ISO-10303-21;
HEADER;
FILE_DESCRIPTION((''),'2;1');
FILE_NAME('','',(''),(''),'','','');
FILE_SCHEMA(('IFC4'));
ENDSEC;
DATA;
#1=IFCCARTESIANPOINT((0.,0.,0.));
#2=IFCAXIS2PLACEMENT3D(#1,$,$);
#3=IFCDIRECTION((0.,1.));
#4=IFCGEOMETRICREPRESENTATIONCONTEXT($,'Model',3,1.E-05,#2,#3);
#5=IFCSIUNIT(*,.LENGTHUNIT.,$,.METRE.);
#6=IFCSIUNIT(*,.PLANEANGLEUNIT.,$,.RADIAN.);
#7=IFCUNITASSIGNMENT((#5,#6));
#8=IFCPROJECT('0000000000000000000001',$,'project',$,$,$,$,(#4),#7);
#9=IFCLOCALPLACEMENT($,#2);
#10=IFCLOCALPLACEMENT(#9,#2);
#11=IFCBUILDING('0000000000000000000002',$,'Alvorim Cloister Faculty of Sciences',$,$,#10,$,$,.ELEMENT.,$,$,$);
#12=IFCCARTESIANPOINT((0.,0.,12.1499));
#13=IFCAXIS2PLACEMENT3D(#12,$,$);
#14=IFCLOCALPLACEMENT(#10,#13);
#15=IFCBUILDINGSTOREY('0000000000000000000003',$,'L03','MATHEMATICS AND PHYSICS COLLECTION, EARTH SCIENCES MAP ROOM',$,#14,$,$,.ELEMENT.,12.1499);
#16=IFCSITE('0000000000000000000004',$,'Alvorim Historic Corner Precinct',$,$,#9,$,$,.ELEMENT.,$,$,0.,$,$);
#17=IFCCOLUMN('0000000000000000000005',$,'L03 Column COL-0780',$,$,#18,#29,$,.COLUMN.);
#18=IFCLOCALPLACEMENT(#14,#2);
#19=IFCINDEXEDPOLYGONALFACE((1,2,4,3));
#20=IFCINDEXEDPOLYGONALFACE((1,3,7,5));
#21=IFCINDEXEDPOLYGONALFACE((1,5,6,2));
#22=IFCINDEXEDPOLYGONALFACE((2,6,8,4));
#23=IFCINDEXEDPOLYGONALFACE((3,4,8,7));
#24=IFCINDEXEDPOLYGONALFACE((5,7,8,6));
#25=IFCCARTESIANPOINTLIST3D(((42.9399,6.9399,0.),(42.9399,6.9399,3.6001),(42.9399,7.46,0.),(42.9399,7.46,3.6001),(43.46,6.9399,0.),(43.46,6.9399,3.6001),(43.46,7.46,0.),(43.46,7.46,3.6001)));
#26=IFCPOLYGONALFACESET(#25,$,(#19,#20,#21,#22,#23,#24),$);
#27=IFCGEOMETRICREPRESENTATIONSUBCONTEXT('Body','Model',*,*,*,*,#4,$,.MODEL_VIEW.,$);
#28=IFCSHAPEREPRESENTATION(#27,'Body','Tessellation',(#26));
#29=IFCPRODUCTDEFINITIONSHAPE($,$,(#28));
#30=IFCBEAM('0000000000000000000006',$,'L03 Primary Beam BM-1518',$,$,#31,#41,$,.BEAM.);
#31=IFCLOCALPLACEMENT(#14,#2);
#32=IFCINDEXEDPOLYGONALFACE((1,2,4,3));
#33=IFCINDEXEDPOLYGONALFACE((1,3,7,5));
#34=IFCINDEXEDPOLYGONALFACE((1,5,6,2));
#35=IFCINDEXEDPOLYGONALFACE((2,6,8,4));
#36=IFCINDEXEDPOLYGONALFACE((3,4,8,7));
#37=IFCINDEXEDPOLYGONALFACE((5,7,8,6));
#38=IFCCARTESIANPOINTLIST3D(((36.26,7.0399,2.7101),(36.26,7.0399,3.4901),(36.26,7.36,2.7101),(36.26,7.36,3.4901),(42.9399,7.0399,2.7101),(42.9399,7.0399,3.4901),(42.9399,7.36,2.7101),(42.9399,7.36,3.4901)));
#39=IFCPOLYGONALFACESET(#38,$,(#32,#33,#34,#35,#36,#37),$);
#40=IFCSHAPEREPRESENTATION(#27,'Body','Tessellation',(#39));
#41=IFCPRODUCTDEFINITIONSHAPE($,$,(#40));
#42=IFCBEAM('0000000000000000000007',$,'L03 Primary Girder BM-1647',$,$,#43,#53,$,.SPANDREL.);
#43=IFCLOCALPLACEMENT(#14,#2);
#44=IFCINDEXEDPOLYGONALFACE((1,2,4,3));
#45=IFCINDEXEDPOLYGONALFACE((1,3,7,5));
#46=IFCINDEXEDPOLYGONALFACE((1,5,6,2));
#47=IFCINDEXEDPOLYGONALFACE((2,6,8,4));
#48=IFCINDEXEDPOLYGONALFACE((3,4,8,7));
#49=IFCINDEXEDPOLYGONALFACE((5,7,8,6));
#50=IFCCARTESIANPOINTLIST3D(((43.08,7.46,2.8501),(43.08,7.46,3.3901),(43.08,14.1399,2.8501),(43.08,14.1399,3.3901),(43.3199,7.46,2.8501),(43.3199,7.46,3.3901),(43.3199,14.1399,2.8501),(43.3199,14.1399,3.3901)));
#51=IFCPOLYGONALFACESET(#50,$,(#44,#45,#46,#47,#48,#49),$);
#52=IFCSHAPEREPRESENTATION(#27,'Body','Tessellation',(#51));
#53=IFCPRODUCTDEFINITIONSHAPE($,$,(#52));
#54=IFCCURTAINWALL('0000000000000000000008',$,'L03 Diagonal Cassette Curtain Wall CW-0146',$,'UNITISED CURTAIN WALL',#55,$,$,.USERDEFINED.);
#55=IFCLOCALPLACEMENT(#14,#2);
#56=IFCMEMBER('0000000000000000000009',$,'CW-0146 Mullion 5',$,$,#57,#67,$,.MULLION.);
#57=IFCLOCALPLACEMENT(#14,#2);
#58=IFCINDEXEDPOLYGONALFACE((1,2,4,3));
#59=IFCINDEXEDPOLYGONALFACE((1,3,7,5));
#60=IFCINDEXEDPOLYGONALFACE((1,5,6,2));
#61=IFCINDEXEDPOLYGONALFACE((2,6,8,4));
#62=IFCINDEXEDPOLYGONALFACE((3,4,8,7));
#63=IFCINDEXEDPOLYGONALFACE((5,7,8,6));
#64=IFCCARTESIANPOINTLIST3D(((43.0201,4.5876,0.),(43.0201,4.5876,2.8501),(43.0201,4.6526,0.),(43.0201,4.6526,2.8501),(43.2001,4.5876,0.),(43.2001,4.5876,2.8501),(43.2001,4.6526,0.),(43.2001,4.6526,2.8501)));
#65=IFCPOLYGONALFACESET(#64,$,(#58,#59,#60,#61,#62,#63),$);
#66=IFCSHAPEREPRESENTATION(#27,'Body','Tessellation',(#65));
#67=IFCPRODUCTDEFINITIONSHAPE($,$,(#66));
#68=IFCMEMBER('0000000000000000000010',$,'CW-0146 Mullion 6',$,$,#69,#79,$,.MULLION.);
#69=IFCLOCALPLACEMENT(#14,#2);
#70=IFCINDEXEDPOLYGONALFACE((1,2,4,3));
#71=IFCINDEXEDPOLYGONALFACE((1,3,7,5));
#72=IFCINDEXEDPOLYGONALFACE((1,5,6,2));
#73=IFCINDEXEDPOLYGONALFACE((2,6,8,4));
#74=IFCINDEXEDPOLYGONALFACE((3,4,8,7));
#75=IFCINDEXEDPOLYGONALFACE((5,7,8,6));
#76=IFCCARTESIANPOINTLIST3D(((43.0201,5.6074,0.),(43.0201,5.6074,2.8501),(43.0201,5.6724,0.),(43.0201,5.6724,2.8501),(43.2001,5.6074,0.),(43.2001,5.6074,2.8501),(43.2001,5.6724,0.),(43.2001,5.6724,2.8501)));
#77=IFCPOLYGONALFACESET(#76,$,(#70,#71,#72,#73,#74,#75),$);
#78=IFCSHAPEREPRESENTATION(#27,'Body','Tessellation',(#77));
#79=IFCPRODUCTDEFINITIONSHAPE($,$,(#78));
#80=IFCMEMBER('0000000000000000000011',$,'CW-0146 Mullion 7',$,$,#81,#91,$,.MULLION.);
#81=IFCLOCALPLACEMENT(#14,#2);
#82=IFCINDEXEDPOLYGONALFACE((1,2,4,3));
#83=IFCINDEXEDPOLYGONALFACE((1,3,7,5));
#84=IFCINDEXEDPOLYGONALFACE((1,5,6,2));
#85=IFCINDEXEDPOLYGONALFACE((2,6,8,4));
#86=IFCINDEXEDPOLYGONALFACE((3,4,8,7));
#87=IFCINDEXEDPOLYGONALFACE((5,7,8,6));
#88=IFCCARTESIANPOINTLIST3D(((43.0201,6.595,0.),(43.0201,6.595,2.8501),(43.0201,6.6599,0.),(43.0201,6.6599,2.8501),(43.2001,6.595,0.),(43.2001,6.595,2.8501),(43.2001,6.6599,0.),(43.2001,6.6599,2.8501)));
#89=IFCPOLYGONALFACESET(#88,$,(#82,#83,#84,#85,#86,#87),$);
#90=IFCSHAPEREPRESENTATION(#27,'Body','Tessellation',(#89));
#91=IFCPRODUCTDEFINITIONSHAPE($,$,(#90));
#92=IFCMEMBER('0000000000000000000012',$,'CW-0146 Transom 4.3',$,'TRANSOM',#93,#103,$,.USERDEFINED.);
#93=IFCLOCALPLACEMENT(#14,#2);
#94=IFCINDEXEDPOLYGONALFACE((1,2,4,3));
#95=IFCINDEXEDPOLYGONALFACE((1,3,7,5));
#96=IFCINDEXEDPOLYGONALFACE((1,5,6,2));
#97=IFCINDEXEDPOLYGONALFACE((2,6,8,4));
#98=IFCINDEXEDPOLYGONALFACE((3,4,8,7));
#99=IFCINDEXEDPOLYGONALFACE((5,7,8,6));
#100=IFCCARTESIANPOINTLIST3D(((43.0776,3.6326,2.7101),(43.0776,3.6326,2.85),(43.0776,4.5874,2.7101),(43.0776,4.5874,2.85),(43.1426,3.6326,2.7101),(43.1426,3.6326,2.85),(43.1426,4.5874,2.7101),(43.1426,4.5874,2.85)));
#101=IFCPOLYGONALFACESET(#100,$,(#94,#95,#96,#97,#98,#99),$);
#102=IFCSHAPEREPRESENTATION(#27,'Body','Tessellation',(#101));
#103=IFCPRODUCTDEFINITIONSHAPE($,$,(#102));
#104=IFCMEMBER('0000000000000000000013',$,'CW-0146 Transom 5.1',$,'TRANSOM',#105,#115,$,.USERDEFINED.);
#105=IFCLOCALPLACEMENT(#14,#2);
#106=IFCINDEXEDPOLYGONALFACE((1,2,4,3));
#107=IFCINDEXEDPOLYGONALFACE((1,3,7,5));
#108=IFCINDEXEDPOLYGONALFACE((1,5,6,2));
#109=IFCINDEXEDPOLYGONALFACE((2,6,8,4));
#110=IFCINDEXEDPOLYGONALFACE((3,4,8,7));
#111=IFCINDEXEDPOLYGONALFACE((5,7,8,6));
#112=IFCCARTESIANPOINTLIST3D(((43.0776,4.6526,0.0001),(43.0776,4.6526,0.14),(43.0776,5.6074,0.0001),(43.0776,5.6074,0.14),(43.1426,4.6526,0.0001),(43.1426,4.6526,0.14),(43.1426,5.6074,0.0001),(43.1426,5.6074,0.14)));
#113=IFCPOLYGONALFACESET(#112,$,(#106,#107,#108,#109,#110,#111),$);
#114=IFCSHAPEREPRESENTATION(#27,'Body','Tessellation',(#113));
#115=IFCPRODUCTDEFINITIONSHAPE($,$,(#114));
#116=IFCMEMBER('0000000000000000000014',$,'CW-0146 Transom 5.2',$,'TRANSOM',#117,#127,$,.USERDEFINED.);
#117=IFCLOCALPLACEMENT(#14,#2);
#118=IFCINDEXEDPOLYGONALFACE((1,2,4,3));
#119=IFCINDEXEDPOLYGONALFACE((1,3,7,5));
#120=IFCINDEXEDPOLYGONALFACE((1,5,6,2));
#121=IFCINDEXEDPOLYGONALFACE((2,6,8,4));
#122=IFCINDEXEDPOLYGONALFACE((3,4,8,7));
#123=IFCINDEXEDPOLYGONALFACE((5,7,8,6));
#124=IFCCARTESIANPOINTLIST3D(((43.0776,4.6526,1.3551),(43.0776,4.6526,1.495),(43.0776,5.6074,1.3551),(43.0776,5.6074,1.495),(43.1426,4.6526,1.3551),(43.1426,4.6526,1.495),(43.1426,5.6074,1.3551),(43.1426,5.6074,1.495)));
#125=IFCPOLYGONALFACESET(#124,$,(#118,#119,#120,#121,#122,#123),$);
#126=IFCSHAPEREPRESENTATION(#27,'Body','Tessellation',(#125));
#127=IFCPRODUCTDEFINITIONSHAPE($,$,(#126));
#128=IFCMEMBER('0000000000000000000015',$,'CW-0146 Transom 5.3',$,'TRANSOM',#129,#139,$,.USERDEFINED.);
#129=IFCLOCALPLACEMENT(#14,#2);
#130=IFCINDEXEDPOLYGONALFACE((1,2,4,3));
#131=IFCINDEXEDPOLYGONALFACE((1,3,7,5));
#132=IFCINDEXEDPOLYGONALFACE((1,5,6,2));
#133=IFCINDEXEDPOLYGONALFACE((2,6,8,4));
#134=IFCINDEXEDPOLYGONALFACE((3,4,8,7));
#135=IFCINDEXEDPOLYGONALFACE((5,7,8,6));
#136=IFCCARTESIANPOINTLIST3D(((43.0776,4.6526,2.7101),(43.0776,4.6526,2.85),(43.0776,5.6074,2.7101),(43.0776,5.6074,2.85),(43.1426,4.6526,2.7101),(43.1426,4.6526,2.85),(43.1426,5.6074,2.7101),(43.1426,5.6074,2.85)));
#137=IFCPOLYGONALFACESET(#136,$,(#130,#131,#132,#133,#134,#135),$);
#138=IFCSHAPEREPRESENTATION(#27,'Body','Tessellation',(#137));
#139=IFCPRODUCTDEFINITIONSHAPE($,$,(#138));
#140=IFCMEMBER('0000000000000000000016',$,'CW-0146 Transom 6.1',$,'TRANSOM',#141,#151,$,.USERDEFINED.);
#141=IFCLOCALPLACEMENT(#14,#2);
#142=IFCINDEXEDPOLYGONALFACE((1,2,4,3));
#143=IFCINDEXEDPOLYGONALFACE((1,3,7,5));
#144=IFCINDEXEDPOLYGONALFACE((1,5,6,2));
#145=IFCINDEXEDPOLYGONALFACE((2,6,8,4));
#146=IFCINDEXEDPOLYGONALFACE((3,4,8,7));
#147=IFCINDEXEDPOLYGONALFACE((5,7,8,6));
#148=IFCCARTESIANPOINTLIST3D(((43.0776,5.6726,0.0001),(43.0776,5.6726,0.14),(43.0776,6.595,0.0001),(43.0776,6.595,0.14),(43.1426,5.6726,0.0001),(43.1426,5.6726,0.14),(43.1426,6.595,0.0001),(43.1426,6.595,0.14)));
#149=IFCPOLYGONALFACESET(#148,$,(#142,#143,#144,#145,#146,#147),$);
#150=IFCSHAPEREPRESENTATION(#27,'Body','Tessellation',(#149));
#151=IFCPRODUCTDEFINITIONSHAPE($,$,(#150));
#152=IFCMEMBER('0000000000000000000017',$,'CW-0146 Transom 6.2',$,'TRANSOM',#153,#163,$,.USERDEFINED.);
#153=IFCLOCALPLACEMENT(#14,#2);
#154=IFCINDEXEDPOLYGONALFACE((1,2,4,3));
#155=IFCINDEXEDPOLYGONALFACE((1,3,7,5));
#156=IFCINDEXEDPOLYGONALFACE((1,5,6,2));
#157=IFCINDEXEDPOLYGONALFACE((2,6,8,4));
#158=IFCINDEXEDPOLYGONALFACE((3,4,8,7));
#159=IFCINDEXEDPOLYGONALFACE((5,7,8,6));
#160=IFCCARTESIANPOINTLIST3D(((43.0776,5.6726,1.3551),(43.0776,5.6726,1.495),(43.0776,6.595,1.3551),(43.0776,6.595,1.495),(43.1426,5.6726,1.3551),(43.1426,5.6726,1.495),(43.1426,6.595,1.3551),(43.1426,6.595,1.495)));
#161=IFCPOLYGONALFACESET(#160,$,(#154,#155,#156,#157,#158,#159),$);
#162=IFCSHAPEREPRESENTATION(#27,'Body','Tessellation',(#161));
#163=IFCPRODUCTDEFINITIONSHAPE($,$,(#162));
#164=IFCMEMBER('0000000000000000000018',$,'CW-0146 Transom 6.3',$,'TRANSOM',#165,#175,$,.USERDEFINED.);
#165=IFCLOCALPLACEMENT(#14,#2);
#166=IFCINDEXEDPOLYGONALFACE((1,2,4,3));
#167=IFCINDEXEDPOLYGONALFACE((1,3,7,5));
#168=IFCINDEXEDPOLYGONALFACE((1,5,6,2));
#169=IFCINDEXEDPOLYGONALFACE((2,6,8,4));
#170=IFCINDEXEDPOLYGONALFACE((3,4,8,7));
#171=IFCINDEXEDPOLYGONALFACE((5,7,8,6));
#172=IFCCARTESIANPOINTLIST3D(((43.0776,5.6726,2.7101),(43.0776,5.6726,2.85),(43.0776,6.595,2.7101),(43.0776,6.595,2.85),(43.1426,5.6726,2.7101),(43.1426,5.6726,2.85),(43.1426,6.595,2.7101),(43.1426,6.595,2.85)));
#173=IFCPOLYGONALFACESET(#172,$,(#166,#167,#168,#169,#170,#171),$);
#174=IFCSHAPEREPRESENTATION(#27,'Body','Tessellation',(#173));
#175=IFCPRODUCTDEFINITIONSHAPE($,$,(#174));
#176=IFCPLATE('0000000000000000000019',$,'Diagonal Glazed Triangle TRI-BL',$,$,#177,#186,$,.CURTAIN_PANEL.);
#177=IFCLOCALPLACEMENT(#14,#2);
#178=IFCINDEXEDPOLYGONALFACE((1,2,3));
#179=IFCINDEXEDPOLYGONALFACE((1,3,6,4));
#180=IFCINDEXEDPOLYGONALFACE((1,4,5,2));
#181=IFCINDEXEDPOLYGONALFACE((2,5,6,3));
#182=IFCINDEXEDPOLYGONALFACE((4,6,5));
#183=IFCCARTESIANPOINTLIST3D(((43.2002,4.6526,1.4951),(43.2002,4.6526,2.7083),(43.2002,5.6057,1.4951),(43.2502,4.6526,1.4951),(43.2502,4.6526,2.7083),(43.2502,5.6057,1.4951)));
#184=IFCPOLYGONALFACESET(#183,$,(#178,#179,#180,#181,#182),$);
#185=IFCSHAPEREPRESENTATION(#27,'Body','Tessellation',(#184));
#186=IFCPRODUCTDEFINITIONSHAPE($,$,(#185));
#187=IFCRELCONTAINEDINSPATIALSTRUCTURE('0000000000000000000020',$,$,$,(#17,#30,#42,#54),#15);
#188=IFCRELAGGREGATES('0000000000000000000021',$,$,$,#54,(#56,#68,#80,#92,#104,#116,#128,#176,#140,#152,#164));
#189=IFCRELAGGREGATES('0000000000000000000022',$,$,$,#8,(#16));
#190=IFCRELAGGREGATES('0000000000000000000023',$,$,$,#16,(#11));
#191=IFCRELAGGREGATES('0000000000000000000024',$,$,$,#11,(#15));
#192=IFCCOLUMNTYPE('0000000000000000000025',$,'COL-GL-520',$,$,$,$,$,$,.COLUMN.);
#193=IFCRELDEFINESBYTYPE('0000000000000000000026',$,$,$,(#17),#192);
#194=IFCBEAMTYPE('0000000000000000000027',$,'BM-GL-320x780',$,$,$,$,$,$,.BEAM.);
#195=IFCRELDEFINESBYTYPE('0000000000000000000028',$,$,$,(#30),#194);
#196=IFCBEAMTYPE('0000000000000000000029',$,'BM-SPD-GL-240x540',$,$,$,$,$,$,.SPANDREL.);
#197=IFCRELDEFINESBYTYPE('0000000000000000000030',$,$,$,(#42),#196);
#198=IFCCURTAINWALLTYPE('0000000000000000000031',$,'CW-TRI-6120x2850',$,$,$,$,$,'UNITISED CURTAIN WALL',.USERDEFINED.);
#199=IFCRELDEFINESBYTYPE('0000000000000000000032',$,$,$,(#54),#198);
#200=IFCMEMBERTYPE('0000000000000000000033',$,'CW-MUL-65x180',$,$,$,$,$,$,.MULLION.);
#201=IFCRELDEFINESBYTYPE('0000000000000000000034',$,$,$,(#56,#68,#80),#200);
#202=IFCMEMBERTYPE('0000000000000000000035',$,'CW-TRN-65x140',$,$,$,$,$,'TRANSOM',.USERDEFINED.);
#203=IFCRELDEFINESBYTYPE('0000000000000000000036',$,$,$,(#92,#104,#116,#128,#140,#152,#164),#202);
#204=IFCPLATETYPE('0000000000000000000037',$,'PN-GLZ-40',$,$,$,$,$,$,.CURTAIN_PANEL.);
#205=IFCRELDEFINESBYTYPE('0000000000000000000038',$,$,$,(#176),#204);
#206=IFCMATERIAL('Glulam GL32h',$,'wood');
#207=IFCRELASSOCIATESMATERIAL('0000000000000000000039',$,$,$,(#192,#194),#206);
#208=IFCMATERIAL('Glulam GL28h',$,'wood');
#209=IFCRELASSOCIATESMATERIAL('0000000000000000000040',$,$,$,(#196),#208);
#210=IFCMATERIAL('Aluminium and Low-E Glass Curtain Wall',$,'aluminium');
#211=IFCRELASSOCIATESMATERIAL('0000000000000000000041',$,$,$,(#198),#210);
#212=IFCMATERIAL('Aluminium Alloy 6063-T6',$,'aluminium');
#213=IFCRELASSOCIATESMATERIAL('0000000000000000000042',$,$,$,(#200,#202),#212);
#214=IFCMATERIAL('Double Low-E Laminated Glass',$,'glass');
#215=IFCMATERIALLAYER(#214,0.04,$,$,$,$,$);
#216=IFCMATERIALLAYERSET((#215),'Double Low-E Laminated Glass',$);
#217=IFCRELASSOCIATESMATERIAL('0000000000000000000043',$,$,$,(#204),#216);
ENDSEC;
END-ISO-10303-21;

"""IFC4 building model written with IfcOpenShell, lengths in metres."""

from ifc_helpers import new_model, si_unit, direction, frame, origin, origin_2d, place, context, subcontext, project, spatial, polyline, rectangle, outline, extrude, material, layer, layer_set, material_profile, profile_set, type_object, element, aggregate, save


model = new_model("IFC4")

# Units and contexts
model_context = context("Model", 3, precision=1e-05, world=origin(), true_north=direction((0.0, 1.0)))
body_context = subcontext(model_context, "Body", "Model", "MODEL_VIEW")
ifc_project = project(units=[si_unit("LENGTHUNIT", "METRE"), si_unit("PLANEANGLEUNIT", "RADIAN")], contexts=[model_context])

# Site, building, storey
site_placement = place(None, origin())
site = spatial("IfcSite", under=ifc_project, at=site_placement, Name="Alvorim Historic Corner Precinct", CompositionType="ELEMENT", RefElevation=0.0)
building_placement = place(site_placement, origin())
building = spatial("IfcBuilding", under=site, at=building_placement, Name="Alvorim Cloister Faculty of Sciences", CompositionType="ELEMENT")
storey_placement = place(building_placement, frame((0.0, 0.0, 12.1499)))
storey = spatial("IfcBuildingStorey", under=building, at=storey_placement, Name="L03", Description="MATHEMATICS AND PHYSICS COLLECTION, EARTH SCIENCES MAP ROOM", CompositionType="ELEMENT", Elevation=12.1499)

# Column
ifc_material_1 = material(Name="Glulam GL32h", Category="wood")
ifc_material_profile_1 = material_profile(ifc_material_1, rectangle(XDim=0.52, YDim=0.52, at=origin_2d()), Name="GL32-COL-520x520")
ifc_profile_set_1 = profile_set([ifc_material_profile_1], Name="Glulam GL32h")
column_type = type_object("IfcColumnType", Name="COL-GL-520", PredefinedType="COLUMN", material=ifc_profile_set_1)
column_placement = place(storey_placement, frame((43.2, 7.2, 0.0), z_axis=(0.0, 0.0, 1.0), x_axis=(1.0, 0.0, 0.0)))
element("IfcColumn", 1, at=column_placement, inside=storey, type_object=column_type, Name="L03 Column COL-0780", PredefinedType="COLUMN", context=body_context, shape_type="SweptSolid", body=[
    extrude(rectangle(XDim=0.52, YDim=0.52, at=origin_2d()), origin(), (0.0, 0.0, 1.0), 3.6001),
])

# Beams
ifc_material_profile_2 = material_profile(ifc_material_1, rectangle(XDim=0.3201, YDim=0.78, at=origin_2d()), Name="GL32-BM-320x780")
ifc_profile_set_2 = profile_set([ifc_material_profile_2], Name="Glulam GL32h")
beam_type_1 = type_object("IfcBeamType", Name="BM-GL-320x780", PredefinedType="BEAM", material=ifc_profile_set_2)
beam_1_placement = place(storey_placement, frame((36.26, 7.2, 3.1001), z_axis=(1.0, 0.0, 0.0), x_axis=(0.0, 1.0, 0.0)))
element("IfcBeam", 2, at=beam_1_placement, inside=storey, type_object=beam_type_1, Name="L03 Primary Beam BM-1518", PredefinedType="BEAM", context=body_context, shape_type="SweptSolid", body=[
    extrude(rectangle(XDim=0.3201, YDim=0.78, at=origin_2d()), origin(), (0.0, 0.0, 1.0), 6.6799),
])
ifc_material_2 = material(Name="Glulam GL28h", Category="wood")
ifc_material_profile_3 = material_profile(ifc_material_2, rectangle(XDim=0.24, YDim=0.54, at=origin_2d()), Name="GL28-SPD-240x540")
ifc_profile_set_3 = profile_set([ifc_material_profile_3], Name="Glulam GL28h")
beam_type_2 = type_object("IfcBeamType", Name="BM-SPD-GL-240x540", PredefinedType="SPANDREL", material=ifc_profile_set_3)
beam_2_placement = place(storey_placement, frame((43.2, 7.46, 3.1201), z_axis=(0.0, 1.0, 0.0), x_axis=(-1.0, 0.0, 0.0)))
element("IfcBeam", 3, at=beam_2_placement, inside=storey, type_object=beam_type_2, Name="L03 Primary Girder BM-1647", PredefinedType="SPANDREL", context=body_context, shape_type="SweptSolid", body=[
    extrude(rectangle(XDim=0.24, YDim=0.54, at=origin_2d()), origin(), (0.0, 0.0, 1.0), 6.6799),
])

# Curtain wall, members, plate
ifc_material_3 = material(Name="Aluminium and Low-E Glass Curtain Wall", Category="aluminium")
curtain_wall_type = type_object("IfcCurtainWallType", Name="CW-TRI-6120x2850", ElementType="UNITISED CURTAIN WALL", PredefinedType="USERDEFINED", material=ifc_material_3)
curtain_wall_placement = place(storey_placement, origin())
curtain_wall = element("IfcCurtainWall", 4, at=curtain_wall_placement, inside=storey, type_object=curtain_wall_type, Name="L03 Diagonal Cassette Curtain Wall CW-0146", ObjectType="UNITISED CURTAIN WALL", PredefinedType="USERDEFINED")
ifc_material_4 = material(Name="Aluminium Alloy 6063-T6", Category="aluminium")
ifc_material_profile_4 = material_profile(ifc_material_4, rectangle(XDim=0.0649, YDim=0.1799, at=origin_2d()), Name="ALU-MUL-65x180")
ifc_profile_set_4 = profile_set([ifc_material_profile_4], Name="Aluminium Alloy 6063-T6")
member_type_1 = type_object("IfcMemberType", Name="CW-MUL-65x180", PredefinedType="MULLION", material=ifc_profile_set_4)
member_1_placement = place(storey_placement, frame((43.1101, 4.6201, 0.0), z_axis=(0.0, 0.0, 1.0), x_axis=(0.0, 1.0, 0.0)))
member_1 = element("IfcMember", 5, at=member_1_placement, type_object=member_type_1, Name="CW-0146 Mullion 5", PredefinedType="MULLION", context=body_context, shape_type="SweptSolid", body=[
    extrude(rectangle(XDim=0.0649, YDim=0.1799, at=origin_2d()), origin(), (0.0, 0.0, 1.0), 2.8501),
])
member_2_placement = place(storey_placement, frame((43.1101, 5.6399, 0.0), z_axis=(0.0, 0.0, 1.0), x_axis=(0.0, 1.0, 0.0)))
member_2 = element("IfcMember", 6, at=member_2_placement, type_object=member_type_1, Name="CW-0146 Mullion 6", PredefinedType="MULLION", context=body_context, shape_type="SweptSolid", body=[
    extrude(rectangle(XDim=0.0649, YDim=0.1799, at=origin_2d()), origin(), (0.0, 0.0, 1.0), 2.8501),
])
member_3_placement = place(storey_placement, frame((43.1101, 6.6274, 0.0), z_axis=(0.0, 0.0, 1.0), x_axis=(0.0, 1.0, 0.0)))
member_3 = element("IfcMember", 7, at=member_3_placement, type_object=member_type_1, Name="CW-0146 Mullion 7", PredefinedType="MULLION", context=body_context, shape_type="SweptSolid", body=[
    extrude(rectangle(XDim=0.0649, YDim=0.1799, at=origin_2d()), origin(), (0.0, 0.0, 1.0), 2.8501),
])
ifc_material_profile_5 = material_profile(ifc_material_4, rectangle(XDim=0.0649, YDim=0.1399, at=origin_2d()), Name="ALU-TRN-65x140")
ifc_profile_set_5 = profile_set([ifc_material_profile_5], Name="Aluminium Alloy 6063-T6")
member_type_2 = type_object("IfcMemberType", Name="CW-TRN-65x140", ElementType="TRANSOM", PredefinedType="USERDEFINED", material=ifc_profile_set_5)
member_4_placement = place(storey_placement, frame((43.1101, 3.6326, 2.78), z_axis=(0.0, 1.0, 0.0), x_axis=(-1.0, 0.0, 0.0)))
member_4 = element("IfcMember", 8, at=member_4_placement, type_object=member_type_2, Name="CW-0146 Transom 4.3", ObjectType="TRANSOM", PredefinedType="USERDEFINED", context=body_context, shape_type="SweptSolid", body=[
    extrude(rectangle(XDim=0.0649, YDim=0.1399, at=origin_2d()), origin(), (0.0, 0.0, 1.0), 0.9548),
])
member_5_placement = place(storey_placement, frame((43.1101, 4.6526, 0.0701), z_axis=(0.0, 1.0, 0.0), x_axis=(-1.0, 0.0, 0.0)))
member_5 = element("IfcMember", 9, at=member_5_placement, type_object=member_type_2, Name="CW-0146 Transom 5.1", ObjectType="TRANSOM", PredefinedType="USERDEFINED", context=body_context, shape_type="SweptSolid", body=[
    extrude(rectangle(XDim=0.0649, YDim=0.1399, at=origin_2d()), origin(), (0.0, 0.0, 1.0), 0.9548),
])
member_6_placement = place(storey_placement, frame((43.1101, 4.6526, 1.425), z_axis=(0.0, 1.0, 0.0), x_axis=(-1.0, 0.0, 0.0)))
member_6 = element("IfcMember", 10, at=member_6_placement, type_object=member_type_2, Name="CW-0146 Transom 5.2", ObjectType="TRANSOM", PredefinedType="USERDEFINED", context=body_context, shape_type="SweptSolid", body=[
    extrude(rectangle(XDim=0.0649, YDim=0.1399, at=origin_2d()), origin(), (0.0, 0.0, 1.0), 0.9548),
])
member_7_placement = place(storey_placement, frame((43.1101, 4.6526, 2.78), z_axis=(0.0, 1.0, 0.0), x_axis=(-1.0, 0.0, 0.0)))
member_7 = element("IfcMember", 11, at=member_7_placement, type_object=member_type_2, Name="CW-0146 Transom 5.3", ObjectType="TRANSOM", PredefinedType="USERDEFINED", context=body_context, shape_type="SweptSolid", body=[
    extrude(rectangle(XDim=0.0649, YDim=0.1399, at=origin_2d()), origin(), (0.0, 0.0, 1.0), 0.9548),
])
member_8_placement = place(storey_placement, frame((43.1101, 5.6726, 0.0701), z_axis=(0.0, 1.0, 0.0), x_axis=(-1.0, 0.0, 0.0)))
member_8 = element("IfcMember", 12, at=member_8_placement, type_object=member_type_2, Name="CW-0146 Transom 6.1", ObjectType="TRANSOM", PredefinedType="USERDEFINED", context=body_context, shape_type="SweptSolid", body=[
    extrude(rectangle(XDim=0.0649, YDim=0.1399, at=origin_2d()), origin(), (0.0, 0.0, 1.0), 0.9224),
])
member_9_placement = place(storey_placement, frame((43.1101, 5.6726, 1.425), z_axis=(0.0, 1.0, 0.0), x_axis=(-1.0, 0.0, 0.0)))
member_9 = element("IfcMember", 13, at=member_9_placement, type_object=member_type_2, Name="CW-0146 Transom 6.2", ObjectType="TRANSOM", PredefinedType="USERDEFINED", context=body_context, shape_type="SweptSolid", body=[
    extrude(rectangle(XDim=0.0649, YDim=0.1399, at=origin_2d()), origin(), (0.0, 0.0, 1.0), 0.9224),
])
member_10_placement = place(storey_placement, frame((43.1101, 5.6726, 2.78), z_axis=(0.0, 1.0, 0.0), x_axis=(-1.0, 0.0, 0.0)))
member_10 = element("IfcMember", 14, at=member_10_placement, type_object=member_type_2, Name="CW-0146 Transom 6.3", ObjectType="TRANSOM", PredefinedType="USERDEFINED", context=body_context, shape_type="SweptSolid", body=[
    extrude(rectangle(XDim=0.0649, YDim=0.1399, at=origin_2d()), origin(), (0.0, 0.0, 1.0), 0.9224),
])
ifc_material_5 = material(Name="Double Low-E Laminated Glass", Category="glass")
ifc_layer_1 = layer(ifc_material_5, 0.04)
ifc_layer_set_1 = layer_set([ifc_layer_1], Name="Double Low-E Laminated Glass")
plate_type = type_object("IfcPlateType", Name="PN-GLZ-40", PredefinedType="CURTAIN_PANEL", material=ifc_layer_set_1)
plate_1_placement = place(storey_placement, frame((43.2251, 4.6526, 1.4951), z_axis=(0.0, 0.0, 1.0), x_axis=(0.0, 1.0, 0.0)))
plate_1 = element("IfcPlate", 15, at=plate_1_placement, type_object=plate_type, Name="Diagonal Glazed Triangle TRI-BL", PredefinedType="CURTAIN_PANEL", context=body_context, shape_type="SweptSolid", body=[
    extrude(outline(polyline([(0.0, 0.0), (0.9531, 0.0), (0.0, 1.2131), (0.0, 0.0)])), frame((0.0, 0.0249, 0.0), z_axis=(0.0, -1.0, 0.0), x_axis=(1.0, 0.0, 0.0)), (0.0, 0.0, 1.0), 0.05),
])
aggregate(curtain_wall, [member_1, member_2, member_3, member_4, member_5, member_6, member_7, plate_1, member_8, member_9, member_10])

save(model, "model.ifc")
